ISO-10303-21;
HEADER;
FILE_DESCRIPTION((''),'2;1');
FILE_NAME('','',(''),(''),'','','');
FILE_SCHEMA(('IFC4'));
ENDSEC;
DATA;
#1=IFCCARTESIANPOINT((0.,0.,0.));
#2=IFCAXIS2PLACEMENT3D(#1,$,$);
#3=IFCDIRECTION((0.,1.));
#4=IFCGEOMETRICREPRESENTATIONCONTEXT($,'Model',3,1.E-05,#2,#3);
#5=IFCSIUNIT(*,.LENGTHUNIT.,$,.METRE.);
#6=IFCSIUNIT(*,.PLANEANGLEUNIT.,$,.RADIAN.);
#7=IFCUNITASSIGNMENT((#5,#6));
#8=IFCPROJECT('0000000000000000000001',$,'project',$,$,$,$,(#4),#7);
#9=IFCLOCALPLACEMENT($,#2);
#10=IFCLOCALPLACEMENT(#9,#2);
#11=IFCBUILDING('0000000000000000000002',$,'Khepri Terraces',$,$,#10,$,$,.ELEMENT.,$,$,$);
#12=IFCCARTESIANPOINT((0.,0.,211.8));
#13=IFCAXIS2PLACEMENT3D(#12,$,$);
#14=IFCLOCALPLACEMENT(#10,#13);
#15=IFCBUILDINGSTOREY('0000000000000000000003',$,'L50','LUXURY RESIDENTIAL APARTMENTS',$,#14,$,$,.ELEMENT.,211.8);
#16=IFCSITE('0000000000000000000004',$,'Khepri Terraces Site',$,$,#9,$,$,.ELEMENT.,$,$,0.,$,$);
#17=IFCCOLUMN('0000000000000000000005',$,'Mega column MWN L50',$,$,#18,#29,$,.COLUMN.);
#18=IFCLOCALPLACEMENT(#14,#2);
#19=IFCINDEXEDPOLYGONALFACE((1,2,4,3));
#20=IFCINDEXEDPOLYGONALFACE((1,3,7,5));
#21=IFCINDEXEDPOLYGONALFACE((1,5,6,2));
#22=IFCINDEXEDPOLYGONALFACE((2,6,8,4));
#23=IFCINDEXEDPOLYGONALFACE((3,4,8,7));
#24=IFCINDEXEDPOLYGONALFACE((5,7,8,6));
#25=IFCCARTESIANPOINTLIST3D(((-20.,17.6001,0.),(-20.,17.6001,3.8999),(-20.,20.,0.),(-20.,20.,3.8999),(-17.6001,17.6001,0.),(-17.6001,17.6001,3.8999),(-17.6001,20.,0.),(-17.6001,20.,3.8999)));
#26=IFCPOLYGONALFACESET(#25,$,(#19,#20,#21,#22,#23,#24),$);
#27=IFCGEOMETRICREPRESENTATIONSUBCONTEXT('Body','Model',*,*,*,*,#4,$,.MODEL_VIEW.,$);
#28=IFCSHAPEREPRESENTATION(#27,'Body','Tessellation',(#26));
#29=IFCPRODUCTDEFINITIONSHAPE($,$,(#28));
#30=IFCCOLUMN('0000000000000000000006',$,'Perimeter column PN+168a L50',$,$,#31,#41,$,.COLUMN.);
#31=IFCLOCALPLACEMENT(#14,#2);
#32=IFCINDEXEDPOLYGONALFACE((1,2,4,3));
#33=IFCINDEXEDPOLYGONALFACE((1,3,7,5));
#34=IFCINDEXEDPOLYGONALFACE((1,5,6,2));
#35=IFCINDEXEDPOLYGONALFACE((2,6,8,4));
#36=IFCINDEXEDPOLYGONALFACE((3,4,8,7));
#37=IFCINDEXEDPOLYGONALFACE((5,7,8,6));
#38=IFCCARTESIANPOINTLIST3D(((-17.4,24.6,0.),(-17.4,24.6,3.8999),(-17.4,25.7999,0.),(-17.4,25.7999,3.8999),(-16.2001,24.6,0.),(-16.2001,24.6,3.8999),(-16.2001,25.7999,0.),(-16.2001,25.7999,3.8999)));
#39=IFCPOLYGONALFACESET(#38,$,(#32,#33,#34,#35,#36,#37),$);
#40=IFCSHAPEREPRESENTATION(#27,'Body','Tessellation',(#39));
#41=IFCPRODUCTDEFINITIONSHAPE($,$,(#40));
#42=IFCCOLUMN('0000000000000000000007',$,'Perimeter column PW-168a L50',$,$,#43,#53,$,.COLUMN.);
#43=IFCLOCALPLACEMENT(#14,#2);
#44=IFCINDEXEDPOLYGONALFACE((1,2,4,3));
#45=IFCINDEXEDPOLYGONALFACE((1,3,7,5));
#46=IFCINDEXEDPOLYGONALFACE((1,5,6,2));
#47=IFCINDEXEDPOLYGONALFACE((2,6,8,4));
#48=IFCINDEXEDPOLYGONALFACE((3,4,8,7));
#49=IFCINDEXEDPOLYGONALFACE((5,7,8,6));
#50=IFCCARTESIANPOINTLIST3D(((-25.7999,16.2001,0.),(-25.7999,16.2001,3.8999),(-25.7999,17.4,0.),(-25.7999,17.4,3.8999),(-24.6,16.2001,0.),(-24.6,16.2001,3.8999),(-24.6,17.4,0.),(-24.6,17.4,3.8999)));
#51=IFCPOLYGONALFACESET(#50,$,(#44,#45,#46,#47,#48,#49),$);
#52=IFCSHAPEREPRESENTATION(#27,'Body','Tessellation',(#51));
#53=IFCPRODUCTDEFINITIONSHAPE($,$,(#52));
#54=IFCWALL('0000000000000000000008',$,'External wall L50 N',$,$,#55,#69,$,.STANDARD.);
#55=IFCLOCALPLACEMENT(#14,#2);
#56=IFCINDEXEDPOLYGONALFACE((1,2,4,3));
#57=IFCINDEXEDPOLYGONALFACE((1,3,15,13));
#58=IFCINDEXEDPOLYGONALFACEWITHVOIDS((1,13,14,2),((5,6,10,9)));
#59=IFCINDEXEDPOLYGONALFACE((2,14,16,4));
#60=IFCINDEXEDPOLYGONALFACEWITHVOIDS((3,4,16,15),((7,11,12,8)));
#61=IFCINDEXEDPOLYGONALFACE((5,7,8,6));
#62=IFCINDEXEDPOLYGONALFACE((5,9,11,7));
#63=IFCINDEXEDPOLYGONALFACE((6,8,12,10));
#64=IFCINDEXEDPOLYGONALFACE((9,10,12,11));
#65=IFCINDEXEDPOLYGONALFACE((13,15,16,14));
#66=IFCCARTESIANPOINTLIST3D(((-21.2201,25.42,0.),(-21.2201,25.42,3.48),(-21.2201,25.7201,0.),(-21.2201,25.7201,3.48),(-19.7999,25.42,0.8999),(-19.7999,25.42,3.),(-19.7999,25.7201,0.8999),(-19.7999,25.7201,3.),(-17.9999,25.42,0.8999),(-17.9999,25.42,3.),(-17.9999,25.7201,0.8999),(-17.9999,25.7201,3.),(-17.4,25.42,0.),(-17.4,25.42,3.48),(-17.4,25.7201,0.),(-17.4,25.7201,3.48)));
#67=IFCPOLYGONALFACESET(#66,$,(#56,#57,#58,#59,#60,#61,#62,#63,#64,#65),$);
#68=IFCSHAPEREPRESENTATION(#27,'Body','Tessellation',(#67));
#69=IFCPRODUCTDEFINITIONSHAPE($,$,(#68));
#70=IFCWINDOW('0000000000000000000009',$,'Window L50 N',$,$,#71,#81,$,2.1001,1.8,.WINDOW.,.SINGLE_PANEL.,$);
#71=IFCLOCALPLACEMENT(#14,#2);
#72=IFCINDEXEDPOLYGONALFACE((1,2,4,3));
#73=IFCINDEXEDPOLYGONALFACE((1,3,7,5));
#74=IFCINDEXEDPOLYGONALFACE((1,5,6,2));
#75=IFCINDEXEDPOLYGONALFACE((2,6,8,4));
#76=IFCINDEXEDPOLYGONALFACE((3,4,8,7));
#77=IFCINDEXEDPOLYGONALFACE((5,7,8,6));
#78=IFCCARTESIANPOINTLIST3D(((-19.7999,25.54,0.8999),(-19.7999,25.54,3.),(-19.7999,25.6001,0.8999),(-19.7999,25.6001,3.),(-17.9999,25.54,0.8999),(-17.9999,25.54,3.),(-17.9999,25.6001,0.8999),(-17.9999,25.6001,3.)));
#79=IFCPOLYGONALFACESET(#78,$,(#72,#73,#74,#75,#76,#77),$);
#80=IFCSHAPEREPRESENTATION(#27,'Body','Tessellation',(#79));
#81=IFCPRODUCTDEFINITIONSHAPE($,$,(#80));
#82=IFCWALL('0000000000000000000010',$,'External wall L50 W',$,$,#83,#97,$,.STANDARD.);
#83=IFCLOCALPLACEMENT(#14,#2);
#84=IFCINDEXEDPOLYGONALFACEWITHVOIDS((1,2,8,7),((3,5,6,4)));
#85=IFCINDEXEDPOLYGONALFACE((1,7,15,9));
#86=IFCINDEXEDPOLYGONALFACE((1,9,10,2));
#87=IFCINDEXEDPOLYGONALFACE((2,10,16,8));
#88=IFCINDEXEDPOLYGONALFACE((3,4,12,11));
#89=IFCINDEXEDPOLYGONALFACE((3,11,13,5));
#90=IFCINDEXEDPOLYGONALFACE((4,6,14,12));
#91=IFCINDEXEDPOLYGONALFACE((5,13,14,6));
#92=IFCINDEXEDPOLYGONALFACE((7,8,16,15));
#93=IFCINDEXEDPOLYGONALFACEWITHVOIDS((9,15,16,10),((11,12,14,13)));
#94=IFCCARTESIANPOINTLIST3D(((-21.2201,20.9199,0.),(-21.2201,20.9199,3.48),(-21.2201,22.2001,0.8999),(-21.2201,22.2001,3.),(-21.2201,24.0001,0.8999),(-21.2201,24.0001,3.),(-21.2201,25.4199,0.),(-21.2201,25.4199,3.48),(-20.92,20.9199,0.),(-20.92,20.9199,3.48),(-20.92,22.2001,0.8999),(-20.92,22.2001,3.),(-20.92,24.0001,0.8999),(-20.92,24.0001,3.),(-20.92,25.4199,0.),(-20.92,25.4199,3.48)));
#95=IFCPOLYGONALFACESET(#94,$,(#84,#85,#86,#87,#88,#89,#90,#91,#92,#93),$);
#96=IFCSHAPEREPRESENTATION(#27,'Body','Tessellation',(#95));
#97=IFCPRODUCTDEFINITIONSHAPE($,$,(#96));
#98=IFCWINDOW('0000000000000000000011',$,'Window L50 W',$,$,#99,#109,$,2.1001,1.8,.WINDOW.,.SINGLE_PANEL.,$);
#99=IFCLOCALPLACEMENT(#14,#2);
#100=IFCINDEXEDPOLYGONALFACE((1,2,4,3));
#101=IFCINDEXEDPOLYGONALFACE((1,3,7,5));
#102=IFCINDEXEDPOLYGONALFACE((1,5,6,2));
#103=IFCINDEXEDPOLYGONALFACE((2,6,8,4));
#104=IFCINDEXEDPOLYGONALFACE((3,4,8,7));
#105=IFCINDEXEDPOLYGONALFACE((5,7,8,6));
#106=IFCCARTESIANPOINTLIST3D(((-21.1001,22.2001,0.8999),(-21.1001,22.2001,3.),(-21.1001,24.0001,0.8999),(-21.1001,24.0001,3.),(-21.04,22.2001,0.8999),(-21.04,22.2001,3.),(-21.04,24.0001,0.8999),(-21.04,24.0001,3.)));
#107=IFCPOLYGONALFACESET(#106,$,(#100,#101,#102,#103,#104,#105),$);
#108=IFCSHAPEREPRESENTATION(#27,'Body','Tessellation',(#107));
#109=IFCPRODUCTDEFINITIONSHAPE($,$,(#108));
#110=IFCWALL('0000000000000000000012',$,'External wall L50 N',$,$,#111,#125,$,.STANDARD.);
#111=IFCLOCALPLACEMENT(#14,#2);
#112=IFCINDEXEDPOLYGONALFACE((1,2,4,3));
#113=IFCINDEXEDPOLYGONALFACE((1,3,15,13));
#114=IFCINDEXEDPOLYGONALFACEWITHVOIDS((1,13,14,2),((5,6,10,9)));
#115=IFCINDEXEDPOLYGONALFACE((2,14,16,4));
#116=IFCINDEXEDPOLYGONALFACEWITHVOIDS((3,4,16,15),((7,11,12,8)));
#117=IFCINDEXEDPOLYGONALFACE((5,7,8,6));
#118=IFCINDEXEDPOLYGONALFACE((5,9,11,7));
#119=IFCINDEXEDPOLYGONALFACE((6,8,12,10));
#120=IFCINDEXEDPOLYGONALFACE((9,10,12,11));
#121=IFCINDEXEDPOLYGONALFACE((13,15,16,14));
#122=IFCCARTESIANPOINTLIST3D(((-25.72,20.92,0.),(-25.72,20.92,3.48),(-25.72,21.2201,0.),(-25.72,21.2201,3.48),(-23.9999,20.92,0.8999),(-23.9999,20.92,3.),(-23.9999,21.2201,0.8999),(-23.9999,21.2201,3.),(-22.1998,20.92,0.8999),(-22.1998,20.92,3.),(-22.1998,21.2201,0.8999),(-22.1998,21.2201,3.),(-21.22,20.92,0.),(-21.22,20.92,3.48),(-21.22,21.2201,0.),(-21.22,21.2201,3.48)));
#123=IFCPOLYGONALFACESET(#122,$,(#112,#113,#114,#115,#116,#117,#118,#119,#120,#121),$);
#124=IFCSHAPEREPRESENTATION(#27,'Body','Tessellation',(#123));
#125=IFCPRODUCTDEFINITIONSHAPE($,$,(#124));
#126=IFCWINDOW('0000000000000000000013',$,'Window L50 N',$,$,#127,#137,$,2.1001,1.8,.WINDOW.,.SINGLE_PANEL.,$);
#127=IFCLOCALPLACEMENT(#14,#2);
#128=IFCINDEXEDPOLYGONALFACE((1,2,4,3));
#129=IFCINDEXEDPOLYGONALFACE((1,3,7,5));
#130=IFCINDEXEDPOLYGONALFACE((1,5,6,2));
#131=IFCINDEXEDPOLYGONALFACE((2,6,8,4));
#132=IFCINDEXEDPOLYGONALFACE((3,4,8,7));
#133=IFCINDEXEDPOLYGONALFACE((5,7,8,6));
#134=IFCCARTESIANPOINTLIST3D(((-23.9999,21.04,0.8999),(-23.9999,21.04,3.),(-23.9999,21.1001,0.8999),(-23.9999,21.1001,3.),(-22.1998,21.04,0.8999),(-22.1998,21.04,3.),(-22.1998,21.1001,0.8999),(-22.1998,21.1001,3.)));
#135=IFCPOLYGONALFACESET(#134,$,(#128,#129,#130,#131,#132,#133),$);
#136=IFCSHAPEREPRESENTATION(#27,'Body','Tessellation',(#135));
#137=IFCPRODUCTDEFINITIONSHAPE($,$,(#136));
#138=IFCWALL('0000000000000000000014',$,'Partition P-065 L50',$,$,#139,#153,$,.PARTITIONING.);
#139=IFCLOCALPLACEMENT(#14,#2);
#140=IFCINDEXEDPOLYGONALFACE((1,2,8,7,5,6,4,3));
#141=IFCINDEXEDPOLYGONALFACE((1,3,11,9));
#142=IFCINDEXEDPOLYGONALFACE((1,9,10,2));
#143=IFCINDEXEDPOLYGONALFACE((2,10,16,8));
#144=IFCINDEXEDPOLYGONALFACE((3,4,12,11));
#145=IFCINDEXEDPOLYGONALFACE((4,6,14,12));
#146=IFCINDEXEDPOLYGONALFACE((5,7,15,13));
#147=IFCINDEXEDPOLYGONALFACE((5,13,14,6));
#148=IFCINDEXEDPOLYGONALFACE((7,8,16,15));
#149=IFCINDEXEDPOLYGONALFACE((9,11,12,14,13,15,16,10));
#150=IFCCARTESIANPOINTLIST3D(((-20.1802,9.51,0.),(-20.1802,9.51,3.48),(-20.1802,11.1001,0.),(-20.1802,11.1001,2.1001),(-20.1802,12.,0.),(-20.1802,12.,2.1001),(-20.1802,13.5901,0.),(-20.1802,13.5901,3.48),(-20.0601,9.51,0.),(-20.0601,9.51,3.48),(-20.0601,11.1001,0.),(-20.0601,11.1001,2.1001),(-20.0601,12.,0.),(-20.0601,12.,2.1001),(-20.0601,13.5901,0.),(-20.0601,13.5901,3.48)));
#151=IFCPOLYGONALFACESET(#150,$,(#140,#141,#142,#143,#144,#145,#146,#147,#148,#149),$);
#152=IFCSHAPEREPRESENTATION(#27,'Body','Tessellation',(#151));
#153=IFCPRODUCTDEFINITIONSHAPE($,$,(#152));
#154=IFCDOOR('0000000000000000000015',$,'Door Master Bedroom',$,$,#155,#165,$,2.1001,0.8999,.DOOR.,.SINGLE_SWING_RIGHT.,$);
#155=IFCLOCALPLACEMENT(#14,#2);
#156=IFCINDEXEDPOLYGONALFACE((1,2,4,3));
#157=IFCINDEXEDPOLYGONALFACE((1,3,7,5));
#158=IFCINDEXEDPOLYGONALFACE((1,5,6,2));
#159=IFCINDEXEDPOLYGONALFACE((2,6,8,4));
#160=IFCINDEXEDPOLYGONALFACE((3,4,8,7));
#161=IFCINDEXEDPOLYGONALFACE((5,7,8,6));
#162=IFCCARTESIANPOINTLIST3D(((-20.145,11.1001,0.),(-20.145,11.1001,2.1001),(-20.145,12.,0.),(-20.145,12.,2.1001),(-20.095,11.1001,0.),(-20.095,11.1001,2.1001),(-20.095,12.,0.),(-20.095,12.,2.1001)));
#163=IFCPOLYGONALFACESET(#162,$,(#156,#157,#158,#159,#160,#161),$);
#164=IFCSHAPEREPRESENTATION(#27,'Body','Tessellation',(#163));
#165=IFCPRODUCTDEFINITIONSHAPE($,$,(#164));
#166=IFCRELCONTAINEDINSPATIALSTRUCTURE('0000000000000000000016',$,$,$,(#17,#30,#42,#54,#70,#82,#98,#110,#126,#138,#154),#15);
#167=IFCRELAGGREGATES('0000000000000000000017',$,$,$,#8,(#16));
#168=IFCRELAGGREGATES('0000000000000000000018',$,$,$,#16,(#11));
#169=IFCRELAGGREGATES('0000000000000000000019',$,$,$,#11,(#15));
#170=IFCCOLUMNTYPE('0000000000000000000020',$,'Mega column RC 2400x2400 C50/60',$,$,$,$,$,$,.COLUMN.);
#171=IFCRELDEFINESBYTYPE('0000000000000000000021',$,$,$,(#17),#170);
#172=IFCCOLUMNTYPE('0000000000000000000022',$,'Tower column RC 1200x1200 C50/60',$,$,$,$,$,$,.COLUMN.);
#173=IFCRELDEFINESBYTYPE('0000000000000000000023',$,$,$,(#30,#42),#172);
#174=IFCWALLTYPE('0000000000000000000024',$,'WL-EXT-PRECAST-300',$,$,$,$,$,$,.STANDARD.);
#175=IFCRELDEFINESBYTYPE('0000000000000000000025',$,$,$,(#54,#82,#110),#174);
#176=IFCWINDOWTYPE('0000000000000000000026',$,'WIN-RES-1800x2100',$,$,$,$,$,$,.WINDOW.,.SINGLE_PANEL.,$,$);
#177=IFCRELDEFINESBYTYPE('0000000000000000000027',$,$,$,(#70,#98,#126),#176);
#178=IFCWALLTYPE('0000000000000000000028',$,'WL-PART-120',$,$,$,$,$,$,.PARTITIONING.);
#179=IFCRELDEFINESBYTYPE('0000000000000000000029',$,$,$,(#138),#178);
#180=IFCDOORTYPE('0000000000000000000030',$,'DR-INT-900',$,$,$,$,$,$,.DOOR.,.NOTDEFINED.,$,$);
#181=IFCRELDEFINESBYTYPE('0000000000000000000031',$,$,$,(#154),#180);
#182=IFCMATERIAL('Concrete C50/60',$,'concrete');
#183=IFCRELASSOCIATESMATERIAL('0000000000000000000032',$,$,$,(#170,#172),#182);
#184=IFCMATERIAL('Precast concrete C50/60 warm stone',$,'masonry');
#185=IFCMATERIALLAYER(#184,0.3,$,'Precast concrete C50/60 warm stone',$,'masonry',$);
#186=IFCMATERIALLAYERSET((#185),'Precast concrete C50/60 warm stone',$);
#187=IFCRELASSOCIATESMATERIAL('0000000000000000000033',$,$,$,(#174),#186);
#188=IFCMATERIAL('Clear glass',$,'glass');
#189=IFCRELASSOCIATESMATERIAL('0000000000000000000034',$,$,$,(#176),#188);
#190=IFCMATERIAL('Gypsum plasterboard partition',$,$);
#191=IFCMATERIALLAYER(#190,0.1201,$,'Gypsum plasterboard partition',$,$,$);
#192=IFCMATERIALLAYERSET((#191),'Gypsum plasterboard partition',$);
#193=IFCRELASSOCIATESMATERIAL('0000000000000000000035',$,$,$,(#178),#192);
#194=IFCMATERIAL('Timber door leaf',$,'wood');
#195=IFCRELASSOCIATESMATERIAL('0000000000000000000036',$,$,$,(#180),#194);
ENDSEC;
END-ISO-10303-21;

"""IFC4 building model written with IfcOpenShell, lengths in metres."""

from ifc_helpers import new_model, si_unit, direction, frame, frame_2d, origin, origin_2d, place, context, subcontext, project, spatial, rectangle, extrude, material, layer, layer_set, material_profile, profile_set, type_object, element, fill, save


model = new_model("IFC4")

# Units and contexts
model_context = context("Model", 3, precision=1e-05, world=origin(), true_north=direction((0.0, 1.0)))
body_context = subcontext(model_context, "Body", "Model", "MODEL_VIEW")
ifc_project = project(units=[si_unit("LENGTHUNIT", "METRE"), si_unit("PLANEANGLEUNIT", "RADIAN")], contexts=[model_context])

# Site, building, storey
site_placement = place(None, origin())
site = spatial("IfcSite", under=ifc_project, at=site_placement, Name="Khepri Terraces Site", CompositionType="ELEMENT", RefElevation=0.0)
building_placement = place(site_placement, origin())
building = spatial("IfcBuilding", under=site, at=building_placement, Name="Khepri Terraces", CompositionType="ELEMENT")
storey_placement = place(building_placement, frame((0.0, 0.0, 211.8)))
storey = spatial("IfcBuildingStorey", under=building, at=storey_placement, Name="L50", Description="LUXURY RESIDENTIAL APARTMENTS", CompositionType="ELEMENT", Elevation=211.8)

# Columns
ifc_material_1 = material(Name="Concrete C50/60", Category="concrete")
ifc_material_profile_1 = material_profile(ifc_material_1, rectangle(XDim=2.3999, YDim=2.3999, at=origin_2d()), Name="Concrete C50/60", Category="concrete")
ifc_profile_set_1 = profile_set([ifc_material_profile_1], Name="Concrete C50/60")
column_type_1 = type_object("IfcColumnType", Name="Mega column RC 2400x2400 C50/60", PredefinedType="COLUMN", material=ifc_profile_set_1)
column_placement = place(storey_placement, frame((-18.8, 18.8, 0.0), z_axis=(0.0, 0.0, 1.0), x_axis=(1.0, 0.0, 0.0)))
element("IfcColumn", 1, at=column_placement, inside=storey, type_object=column_type_1, Name="Mega column MWN L50", PredefinedType="COLUMN", context=body_context, shape_type="SweptSolid", body=[
    extrude(rectangle(XDim=2.3999, YDim=2.3999, at=origin_2d()), origin(), (0.0, 0.0, 1.0), 3.8999),
])
ifc_material_profile_2 = material_profile(ifc_material_1, rectangle(XDim=1.2, YDim=1.2, at=origin_2d()), Name="Concrete C50/60", Category="concrete")
ifc_profile_set_2 = profile_set([ifc_material_profile_2], Name="Concrete C50/60")
column_type_2 = type_object("IfcColumnType", Name="Tower column RC 1200x1200 C50/60", PredefinedType="COLUMN", material=ifc_profile_set_2)
for number, where, z_axis, x_axis, name in (
    (2, (-16.8, 25.2, 0.0), (0.0, 0.0, 1.0), (1.0, 0.0, 0.0), "Perimeter column PN+168a L50"),
    (3, (-25.2, 16.8, 0.0), (0.0, 0.0, 1.0), (1.0, 0.0, 0.0), "Perimeter column PW-168a L50"),
):
    element("IfcColumn", number, at=place(storey_placement, frame(where, z_axis=z_axis, x_axis=x_axis)), inside=storey, type_object=column_type_2, Name=name, PredefinedType="COLUMN", context=body_context, shape_type="SweptSolid", body=[
        extrude(rectangle(XDim=1.2, YDim=1.2, at=origin_2d()), origin(), (0.0, 0.0, 1.0), 3.8999),
    ])

# Walls, openings, windows
ifc_material_2 = material(Name="Precast concrete C50/60 warm stone", Category="masonry")
ifc_layer_1 = layer(ifc_material_2, 0.3, Name="Precast concrete C50/60 warm stone", Category="masonry")
ifc_layer_set_1 = layer_set([ifc_layer_1], Name="Precast concrete C50/60 warm stone")
wall_type_1 = type_object("IfcWallType", Name="WL-EXT-PRECAST-300", PredefinedType="STANDARD", material=ifc_layer_set_1)
wall_1_placement = place(storey_placement, frame((-17.3999, 25.5701, 0.0), z_axis=(0.0, 0.0, 1.0), x_axis=(-1.0, 0.0, 0.0)))
wall_1 = element("IfcWall", 4, at=wall_1_placement, inside=storey, type_object=wall_type_1, Name="External wall L50 N", PredefinedType="STANDARD", context=body_context, shape_type="SweptSolid", body=[
    extrude(rectangle(XDim=3.8201, YDim=0.3, at=frame_2d((1.9102, 0.0))), origin(), (0.0, 0.0, 1.0), 3.48),
])
opening_1_placement = place(wall_1_placement, frame((0.6001, 0.0, 0.8999)))
opening_1 = element("IfcOpeningElement", 5, at=opening_1_placement, cuts=wall_1, PredefinedType="OPENING", context=body_context, shape_type="SweptSolid", body=[
    extrude(rectangle(XDim=1.8, YDim=2.1001, at=frame_2d((0.8999, 1.05))), frame((0.0, 0.1602, 0.0), z_axis=(0.0, -1.0, 0.0), x_axis=(1.0, 0.0, 0.0)), (0.0, 0.0, 1.0), 0.3201),
])
ifc_material_3 = material(Name="Clear glass", Category="glass")
window_type = type_object("IfcWindowType", Name="WIN-RES-1800x2100", PartitioningType="SINGLE_PANEL", PredefinedType="WINDOW", material=ifc_material_3)
window_1_placement = place(opening_1_placement, origin())
window_1 = element("IfcWindow", 6, at=window_1_placement, inside=storey, type_object=window_type, Name="Window L50 N", OverallHeight=2.1001, OverallWidth=1.8, PartitioningType="SINGLE_PANEL", PredefinedType="WINDOW", context=body_context, shape_type="SweptSolid", body=[
    extrude(rectangle(XDim=1.8, YDim=2.1001, at=frame_2d((0.8999, 1.05))), frame((0.0, 0.03, 0.0), z_axis=(0.0, -1.0, 0.0), x_axis=(1.0, 0.0, 0.0)), (0.0, 0.0, 1.0), 0.0601),
])
fill(opening_1, window_1)
wall_2_placement = place(storey_placement, frame((-21.0701, 25.4199, 0.0), z_axis=(0.0, 0.0, 1.0), x_axis=(0.0, -1.0, 0.0)))
wall_2 = element("IfcWall", 7, at=wall_2_placement, inside=storey, type_object=wall_type_1, Name="External wall L50 W", PredefinedType="STANDARD", context=body_context, shape_type="SweptSolid", body=[
    extrude(rectangle(XDim=4.5, YDim=0.3, at=frame_2d((2.25, 0.0))), origin(), (0.0, 0.0, 1.0), 3.48),
])
opening_2_placement = place(wall_2_placement, frame((1.4199, 0.0, 0.8999)))
opening_2 = element("IfcOpeningElement", 8, at=opening_2_placement, cuts=wall_2, PredefinedType="OPENING", context=body_context, shape_type="SweptSolid", body=[
    extrude(rectangle(XDim=1.8, YDim=2.1001, at=frame_2d((0.8999, 1.05))), frame((0.0, 0.1602, 0.0), z_axis=(0.0, -1.0, 0.0), x_axis=(1.0, 0.0, 0.0)), (0.0, 0.0, 1.0), 0.3201),
])
window_2_placement = place(opening_2_placement, origin())
window_2 = element("IfcWindow", 9, at=window_2_placement, inside=storey, type_object=window_type, Name="Window L50 W", OverallHeight=2.1001, OverallWidth=1.8, PartitioningType="SINGLE_PANEL", PredefinedType="WINDOW", context=body_context, shape_type="SweptSolid", body=[
    extrude(rectangle(XDim=1.8, YDim=2.1001, at=frame_2d((0.8999, 1.05))), frame((0.0, 0.03, 0.0), z_axis=(0.0, -1.0, 0.0), x_axis=(1.0, 0.0, 0.0)), (0.0, 0.0, 1.0), 0.0601),
])
fill(opening_2, window_2)
wall_3_placement = place(storey_placement, frame((-21.22, 21.0701, 0.0), z_axis=(0.0, 0.0, 1.0), x_axis=(-1.0, 0.0, 0.0)))
wall_3 = element("IfcWall", 10, at=wall_3_placement, inside=storey, type_object=wall_type_1, Name="External wall L50 N", PredefinedType="STANDARD", context=body_context, shape_type="SweptSolid", body=[
    extrude(rectangle(XDim=4.5, YDim=0.3, at=frame_2d((2.25, 0.0))), origin(), (0.0, 0.0, 1.0), 3.48),
])
opening_3_placement = place(wall_3_placement, frame((0.98, 0.0, 0.8999)))
opening_3 = element("IfcOpeningElement", 11, at=opening_3_placement, cuts=wall_3, PredefinedType="OPENING", context=body_context, shape_type="SweptSolid", body=[
    extrude(rectangle(XDim=1.8, YDim=2.1001, at=frame_2d((0.8999, 1.05))), frame((0.0, 0.1602, 0.0), z_axis=(0.0, -1.0, 0.0), x_axis=(1.0, 0.0, 0.0)), (0.0, 0.0, 1.0), 0.3201),
])
window_3_placement = place(opening_3_placement, origin())
window_3 = element("IfcWindow", 12, at=window_3_placement, inside=storey, type_object=window_type, Name="Window L50 N", OverallHeight=2.1001, OverallWidth=1.8, PartitioningType="SINGLE_PANEL", PredefinedType="WINDOW", context=body_context, shape_type="SweptSolid", body=[
    extrude(rectangle(XDim=1.8, YDim=2.1001, at=frame_2d((0.8999, 1.05))), frame((0.0, 0.03, 0.0), z_axis=(0.0, -1.0, 0.0), x_axis=(1.0, 0.0, 0.0)), (0.0, 0.0, 1.0), 0.0601),
])
fill(opening_3, window_3)

# Wall, opening, door
ifc_material_4 = material(Name="Gypsum plasterboard partition")
ifc_layer_2 = layer(ifc_material_4, 0.1201, Name="Gypsum plasterboard partition")
ifc_layer_set_2 = layer_set([ifc_layer_2], Name="Gypsum plasterboard partition")
wall_type_2 = type_object("IfcWallType", Name="WL-PART-120", PredefinedType="PARTITIONING", material=ifc_layer_set_2)
wall_4_placement = place(storey_placement, frame((-20.1201, 9.51, 0.0), z_axis=(0.0, 0.0, 1.0), x_axis=(0.0, 1.0, 0.0)))
wall_4 = element("IfcWall", 13, at=wall_4_placement, inside=storey, type_object=wall_type_2, Name="Partition P-065 L50", PredefinedType="PARTITIONING", context=body_context, shape_type="SweptSolid", body=[
    extrude(rectangle(XDim=4.0801, YDim=0.1201, at=frame_2d((2.04, 0.0))), origin(), (0.0, 0.0, 1.0), 3.48),
])
opening_4_placement = place(wall_4_placement, frame((1.5901, 0.0, 0.0)))
opening_4 = element("IfcOpeningElement", 14, at=opening_4_placement, cuts=wall_4, PredefinedType="OPENING", context=body_context, shape_type="SweptSolid", body=[
    extrude(rectangle(XDim=0.8999, YDim=2.1001, at=frame_2d((0.45, 1.05))), frame((0.0, 0.0701, 0.0), z_axis=(0.0, -1.0, 0.0), x_axis=(1.0, 0.0, 0.0)), (0.0, 0.0, 1.0), 0.1401),
])
ifc_material_5 = material(Name="Timber door leaf", Category="wood")
door_type_1 = type_object("IfcDoorType", Name="DR-INT-900", OperationType="NOTDEFINED", PredefinedType="DOOR", material=ifc_material_5)
door_1_placement = place(opening_4_placement, origin())
door_1 = element("IfcDoor", 15, at=door_1_placement, inside=storey, type_object=door_type_1, Name="Door Master Bedroom", OperationType="SINGLE_SWING_RIGHT", OverallHeight=2.1001, OverallWidth=0.8999, PredefinedType="DOOR", context=body_context, shape_type="SweptSolid", body=[
    extrude(rectangle(XDim=0.8999, YDim=2.1001, at=frame_2d((0.45, 1.05))), frame((0.0, 0.0249, 0.0), z_axis=(0.0, -1.0, 0.0), x_axis=(1.0, 0.0, 0.0)), (0.0, 0.0, 1.0), 0.05),
])
fill(opening_4, door_1)

save(model, "model.ifc")
